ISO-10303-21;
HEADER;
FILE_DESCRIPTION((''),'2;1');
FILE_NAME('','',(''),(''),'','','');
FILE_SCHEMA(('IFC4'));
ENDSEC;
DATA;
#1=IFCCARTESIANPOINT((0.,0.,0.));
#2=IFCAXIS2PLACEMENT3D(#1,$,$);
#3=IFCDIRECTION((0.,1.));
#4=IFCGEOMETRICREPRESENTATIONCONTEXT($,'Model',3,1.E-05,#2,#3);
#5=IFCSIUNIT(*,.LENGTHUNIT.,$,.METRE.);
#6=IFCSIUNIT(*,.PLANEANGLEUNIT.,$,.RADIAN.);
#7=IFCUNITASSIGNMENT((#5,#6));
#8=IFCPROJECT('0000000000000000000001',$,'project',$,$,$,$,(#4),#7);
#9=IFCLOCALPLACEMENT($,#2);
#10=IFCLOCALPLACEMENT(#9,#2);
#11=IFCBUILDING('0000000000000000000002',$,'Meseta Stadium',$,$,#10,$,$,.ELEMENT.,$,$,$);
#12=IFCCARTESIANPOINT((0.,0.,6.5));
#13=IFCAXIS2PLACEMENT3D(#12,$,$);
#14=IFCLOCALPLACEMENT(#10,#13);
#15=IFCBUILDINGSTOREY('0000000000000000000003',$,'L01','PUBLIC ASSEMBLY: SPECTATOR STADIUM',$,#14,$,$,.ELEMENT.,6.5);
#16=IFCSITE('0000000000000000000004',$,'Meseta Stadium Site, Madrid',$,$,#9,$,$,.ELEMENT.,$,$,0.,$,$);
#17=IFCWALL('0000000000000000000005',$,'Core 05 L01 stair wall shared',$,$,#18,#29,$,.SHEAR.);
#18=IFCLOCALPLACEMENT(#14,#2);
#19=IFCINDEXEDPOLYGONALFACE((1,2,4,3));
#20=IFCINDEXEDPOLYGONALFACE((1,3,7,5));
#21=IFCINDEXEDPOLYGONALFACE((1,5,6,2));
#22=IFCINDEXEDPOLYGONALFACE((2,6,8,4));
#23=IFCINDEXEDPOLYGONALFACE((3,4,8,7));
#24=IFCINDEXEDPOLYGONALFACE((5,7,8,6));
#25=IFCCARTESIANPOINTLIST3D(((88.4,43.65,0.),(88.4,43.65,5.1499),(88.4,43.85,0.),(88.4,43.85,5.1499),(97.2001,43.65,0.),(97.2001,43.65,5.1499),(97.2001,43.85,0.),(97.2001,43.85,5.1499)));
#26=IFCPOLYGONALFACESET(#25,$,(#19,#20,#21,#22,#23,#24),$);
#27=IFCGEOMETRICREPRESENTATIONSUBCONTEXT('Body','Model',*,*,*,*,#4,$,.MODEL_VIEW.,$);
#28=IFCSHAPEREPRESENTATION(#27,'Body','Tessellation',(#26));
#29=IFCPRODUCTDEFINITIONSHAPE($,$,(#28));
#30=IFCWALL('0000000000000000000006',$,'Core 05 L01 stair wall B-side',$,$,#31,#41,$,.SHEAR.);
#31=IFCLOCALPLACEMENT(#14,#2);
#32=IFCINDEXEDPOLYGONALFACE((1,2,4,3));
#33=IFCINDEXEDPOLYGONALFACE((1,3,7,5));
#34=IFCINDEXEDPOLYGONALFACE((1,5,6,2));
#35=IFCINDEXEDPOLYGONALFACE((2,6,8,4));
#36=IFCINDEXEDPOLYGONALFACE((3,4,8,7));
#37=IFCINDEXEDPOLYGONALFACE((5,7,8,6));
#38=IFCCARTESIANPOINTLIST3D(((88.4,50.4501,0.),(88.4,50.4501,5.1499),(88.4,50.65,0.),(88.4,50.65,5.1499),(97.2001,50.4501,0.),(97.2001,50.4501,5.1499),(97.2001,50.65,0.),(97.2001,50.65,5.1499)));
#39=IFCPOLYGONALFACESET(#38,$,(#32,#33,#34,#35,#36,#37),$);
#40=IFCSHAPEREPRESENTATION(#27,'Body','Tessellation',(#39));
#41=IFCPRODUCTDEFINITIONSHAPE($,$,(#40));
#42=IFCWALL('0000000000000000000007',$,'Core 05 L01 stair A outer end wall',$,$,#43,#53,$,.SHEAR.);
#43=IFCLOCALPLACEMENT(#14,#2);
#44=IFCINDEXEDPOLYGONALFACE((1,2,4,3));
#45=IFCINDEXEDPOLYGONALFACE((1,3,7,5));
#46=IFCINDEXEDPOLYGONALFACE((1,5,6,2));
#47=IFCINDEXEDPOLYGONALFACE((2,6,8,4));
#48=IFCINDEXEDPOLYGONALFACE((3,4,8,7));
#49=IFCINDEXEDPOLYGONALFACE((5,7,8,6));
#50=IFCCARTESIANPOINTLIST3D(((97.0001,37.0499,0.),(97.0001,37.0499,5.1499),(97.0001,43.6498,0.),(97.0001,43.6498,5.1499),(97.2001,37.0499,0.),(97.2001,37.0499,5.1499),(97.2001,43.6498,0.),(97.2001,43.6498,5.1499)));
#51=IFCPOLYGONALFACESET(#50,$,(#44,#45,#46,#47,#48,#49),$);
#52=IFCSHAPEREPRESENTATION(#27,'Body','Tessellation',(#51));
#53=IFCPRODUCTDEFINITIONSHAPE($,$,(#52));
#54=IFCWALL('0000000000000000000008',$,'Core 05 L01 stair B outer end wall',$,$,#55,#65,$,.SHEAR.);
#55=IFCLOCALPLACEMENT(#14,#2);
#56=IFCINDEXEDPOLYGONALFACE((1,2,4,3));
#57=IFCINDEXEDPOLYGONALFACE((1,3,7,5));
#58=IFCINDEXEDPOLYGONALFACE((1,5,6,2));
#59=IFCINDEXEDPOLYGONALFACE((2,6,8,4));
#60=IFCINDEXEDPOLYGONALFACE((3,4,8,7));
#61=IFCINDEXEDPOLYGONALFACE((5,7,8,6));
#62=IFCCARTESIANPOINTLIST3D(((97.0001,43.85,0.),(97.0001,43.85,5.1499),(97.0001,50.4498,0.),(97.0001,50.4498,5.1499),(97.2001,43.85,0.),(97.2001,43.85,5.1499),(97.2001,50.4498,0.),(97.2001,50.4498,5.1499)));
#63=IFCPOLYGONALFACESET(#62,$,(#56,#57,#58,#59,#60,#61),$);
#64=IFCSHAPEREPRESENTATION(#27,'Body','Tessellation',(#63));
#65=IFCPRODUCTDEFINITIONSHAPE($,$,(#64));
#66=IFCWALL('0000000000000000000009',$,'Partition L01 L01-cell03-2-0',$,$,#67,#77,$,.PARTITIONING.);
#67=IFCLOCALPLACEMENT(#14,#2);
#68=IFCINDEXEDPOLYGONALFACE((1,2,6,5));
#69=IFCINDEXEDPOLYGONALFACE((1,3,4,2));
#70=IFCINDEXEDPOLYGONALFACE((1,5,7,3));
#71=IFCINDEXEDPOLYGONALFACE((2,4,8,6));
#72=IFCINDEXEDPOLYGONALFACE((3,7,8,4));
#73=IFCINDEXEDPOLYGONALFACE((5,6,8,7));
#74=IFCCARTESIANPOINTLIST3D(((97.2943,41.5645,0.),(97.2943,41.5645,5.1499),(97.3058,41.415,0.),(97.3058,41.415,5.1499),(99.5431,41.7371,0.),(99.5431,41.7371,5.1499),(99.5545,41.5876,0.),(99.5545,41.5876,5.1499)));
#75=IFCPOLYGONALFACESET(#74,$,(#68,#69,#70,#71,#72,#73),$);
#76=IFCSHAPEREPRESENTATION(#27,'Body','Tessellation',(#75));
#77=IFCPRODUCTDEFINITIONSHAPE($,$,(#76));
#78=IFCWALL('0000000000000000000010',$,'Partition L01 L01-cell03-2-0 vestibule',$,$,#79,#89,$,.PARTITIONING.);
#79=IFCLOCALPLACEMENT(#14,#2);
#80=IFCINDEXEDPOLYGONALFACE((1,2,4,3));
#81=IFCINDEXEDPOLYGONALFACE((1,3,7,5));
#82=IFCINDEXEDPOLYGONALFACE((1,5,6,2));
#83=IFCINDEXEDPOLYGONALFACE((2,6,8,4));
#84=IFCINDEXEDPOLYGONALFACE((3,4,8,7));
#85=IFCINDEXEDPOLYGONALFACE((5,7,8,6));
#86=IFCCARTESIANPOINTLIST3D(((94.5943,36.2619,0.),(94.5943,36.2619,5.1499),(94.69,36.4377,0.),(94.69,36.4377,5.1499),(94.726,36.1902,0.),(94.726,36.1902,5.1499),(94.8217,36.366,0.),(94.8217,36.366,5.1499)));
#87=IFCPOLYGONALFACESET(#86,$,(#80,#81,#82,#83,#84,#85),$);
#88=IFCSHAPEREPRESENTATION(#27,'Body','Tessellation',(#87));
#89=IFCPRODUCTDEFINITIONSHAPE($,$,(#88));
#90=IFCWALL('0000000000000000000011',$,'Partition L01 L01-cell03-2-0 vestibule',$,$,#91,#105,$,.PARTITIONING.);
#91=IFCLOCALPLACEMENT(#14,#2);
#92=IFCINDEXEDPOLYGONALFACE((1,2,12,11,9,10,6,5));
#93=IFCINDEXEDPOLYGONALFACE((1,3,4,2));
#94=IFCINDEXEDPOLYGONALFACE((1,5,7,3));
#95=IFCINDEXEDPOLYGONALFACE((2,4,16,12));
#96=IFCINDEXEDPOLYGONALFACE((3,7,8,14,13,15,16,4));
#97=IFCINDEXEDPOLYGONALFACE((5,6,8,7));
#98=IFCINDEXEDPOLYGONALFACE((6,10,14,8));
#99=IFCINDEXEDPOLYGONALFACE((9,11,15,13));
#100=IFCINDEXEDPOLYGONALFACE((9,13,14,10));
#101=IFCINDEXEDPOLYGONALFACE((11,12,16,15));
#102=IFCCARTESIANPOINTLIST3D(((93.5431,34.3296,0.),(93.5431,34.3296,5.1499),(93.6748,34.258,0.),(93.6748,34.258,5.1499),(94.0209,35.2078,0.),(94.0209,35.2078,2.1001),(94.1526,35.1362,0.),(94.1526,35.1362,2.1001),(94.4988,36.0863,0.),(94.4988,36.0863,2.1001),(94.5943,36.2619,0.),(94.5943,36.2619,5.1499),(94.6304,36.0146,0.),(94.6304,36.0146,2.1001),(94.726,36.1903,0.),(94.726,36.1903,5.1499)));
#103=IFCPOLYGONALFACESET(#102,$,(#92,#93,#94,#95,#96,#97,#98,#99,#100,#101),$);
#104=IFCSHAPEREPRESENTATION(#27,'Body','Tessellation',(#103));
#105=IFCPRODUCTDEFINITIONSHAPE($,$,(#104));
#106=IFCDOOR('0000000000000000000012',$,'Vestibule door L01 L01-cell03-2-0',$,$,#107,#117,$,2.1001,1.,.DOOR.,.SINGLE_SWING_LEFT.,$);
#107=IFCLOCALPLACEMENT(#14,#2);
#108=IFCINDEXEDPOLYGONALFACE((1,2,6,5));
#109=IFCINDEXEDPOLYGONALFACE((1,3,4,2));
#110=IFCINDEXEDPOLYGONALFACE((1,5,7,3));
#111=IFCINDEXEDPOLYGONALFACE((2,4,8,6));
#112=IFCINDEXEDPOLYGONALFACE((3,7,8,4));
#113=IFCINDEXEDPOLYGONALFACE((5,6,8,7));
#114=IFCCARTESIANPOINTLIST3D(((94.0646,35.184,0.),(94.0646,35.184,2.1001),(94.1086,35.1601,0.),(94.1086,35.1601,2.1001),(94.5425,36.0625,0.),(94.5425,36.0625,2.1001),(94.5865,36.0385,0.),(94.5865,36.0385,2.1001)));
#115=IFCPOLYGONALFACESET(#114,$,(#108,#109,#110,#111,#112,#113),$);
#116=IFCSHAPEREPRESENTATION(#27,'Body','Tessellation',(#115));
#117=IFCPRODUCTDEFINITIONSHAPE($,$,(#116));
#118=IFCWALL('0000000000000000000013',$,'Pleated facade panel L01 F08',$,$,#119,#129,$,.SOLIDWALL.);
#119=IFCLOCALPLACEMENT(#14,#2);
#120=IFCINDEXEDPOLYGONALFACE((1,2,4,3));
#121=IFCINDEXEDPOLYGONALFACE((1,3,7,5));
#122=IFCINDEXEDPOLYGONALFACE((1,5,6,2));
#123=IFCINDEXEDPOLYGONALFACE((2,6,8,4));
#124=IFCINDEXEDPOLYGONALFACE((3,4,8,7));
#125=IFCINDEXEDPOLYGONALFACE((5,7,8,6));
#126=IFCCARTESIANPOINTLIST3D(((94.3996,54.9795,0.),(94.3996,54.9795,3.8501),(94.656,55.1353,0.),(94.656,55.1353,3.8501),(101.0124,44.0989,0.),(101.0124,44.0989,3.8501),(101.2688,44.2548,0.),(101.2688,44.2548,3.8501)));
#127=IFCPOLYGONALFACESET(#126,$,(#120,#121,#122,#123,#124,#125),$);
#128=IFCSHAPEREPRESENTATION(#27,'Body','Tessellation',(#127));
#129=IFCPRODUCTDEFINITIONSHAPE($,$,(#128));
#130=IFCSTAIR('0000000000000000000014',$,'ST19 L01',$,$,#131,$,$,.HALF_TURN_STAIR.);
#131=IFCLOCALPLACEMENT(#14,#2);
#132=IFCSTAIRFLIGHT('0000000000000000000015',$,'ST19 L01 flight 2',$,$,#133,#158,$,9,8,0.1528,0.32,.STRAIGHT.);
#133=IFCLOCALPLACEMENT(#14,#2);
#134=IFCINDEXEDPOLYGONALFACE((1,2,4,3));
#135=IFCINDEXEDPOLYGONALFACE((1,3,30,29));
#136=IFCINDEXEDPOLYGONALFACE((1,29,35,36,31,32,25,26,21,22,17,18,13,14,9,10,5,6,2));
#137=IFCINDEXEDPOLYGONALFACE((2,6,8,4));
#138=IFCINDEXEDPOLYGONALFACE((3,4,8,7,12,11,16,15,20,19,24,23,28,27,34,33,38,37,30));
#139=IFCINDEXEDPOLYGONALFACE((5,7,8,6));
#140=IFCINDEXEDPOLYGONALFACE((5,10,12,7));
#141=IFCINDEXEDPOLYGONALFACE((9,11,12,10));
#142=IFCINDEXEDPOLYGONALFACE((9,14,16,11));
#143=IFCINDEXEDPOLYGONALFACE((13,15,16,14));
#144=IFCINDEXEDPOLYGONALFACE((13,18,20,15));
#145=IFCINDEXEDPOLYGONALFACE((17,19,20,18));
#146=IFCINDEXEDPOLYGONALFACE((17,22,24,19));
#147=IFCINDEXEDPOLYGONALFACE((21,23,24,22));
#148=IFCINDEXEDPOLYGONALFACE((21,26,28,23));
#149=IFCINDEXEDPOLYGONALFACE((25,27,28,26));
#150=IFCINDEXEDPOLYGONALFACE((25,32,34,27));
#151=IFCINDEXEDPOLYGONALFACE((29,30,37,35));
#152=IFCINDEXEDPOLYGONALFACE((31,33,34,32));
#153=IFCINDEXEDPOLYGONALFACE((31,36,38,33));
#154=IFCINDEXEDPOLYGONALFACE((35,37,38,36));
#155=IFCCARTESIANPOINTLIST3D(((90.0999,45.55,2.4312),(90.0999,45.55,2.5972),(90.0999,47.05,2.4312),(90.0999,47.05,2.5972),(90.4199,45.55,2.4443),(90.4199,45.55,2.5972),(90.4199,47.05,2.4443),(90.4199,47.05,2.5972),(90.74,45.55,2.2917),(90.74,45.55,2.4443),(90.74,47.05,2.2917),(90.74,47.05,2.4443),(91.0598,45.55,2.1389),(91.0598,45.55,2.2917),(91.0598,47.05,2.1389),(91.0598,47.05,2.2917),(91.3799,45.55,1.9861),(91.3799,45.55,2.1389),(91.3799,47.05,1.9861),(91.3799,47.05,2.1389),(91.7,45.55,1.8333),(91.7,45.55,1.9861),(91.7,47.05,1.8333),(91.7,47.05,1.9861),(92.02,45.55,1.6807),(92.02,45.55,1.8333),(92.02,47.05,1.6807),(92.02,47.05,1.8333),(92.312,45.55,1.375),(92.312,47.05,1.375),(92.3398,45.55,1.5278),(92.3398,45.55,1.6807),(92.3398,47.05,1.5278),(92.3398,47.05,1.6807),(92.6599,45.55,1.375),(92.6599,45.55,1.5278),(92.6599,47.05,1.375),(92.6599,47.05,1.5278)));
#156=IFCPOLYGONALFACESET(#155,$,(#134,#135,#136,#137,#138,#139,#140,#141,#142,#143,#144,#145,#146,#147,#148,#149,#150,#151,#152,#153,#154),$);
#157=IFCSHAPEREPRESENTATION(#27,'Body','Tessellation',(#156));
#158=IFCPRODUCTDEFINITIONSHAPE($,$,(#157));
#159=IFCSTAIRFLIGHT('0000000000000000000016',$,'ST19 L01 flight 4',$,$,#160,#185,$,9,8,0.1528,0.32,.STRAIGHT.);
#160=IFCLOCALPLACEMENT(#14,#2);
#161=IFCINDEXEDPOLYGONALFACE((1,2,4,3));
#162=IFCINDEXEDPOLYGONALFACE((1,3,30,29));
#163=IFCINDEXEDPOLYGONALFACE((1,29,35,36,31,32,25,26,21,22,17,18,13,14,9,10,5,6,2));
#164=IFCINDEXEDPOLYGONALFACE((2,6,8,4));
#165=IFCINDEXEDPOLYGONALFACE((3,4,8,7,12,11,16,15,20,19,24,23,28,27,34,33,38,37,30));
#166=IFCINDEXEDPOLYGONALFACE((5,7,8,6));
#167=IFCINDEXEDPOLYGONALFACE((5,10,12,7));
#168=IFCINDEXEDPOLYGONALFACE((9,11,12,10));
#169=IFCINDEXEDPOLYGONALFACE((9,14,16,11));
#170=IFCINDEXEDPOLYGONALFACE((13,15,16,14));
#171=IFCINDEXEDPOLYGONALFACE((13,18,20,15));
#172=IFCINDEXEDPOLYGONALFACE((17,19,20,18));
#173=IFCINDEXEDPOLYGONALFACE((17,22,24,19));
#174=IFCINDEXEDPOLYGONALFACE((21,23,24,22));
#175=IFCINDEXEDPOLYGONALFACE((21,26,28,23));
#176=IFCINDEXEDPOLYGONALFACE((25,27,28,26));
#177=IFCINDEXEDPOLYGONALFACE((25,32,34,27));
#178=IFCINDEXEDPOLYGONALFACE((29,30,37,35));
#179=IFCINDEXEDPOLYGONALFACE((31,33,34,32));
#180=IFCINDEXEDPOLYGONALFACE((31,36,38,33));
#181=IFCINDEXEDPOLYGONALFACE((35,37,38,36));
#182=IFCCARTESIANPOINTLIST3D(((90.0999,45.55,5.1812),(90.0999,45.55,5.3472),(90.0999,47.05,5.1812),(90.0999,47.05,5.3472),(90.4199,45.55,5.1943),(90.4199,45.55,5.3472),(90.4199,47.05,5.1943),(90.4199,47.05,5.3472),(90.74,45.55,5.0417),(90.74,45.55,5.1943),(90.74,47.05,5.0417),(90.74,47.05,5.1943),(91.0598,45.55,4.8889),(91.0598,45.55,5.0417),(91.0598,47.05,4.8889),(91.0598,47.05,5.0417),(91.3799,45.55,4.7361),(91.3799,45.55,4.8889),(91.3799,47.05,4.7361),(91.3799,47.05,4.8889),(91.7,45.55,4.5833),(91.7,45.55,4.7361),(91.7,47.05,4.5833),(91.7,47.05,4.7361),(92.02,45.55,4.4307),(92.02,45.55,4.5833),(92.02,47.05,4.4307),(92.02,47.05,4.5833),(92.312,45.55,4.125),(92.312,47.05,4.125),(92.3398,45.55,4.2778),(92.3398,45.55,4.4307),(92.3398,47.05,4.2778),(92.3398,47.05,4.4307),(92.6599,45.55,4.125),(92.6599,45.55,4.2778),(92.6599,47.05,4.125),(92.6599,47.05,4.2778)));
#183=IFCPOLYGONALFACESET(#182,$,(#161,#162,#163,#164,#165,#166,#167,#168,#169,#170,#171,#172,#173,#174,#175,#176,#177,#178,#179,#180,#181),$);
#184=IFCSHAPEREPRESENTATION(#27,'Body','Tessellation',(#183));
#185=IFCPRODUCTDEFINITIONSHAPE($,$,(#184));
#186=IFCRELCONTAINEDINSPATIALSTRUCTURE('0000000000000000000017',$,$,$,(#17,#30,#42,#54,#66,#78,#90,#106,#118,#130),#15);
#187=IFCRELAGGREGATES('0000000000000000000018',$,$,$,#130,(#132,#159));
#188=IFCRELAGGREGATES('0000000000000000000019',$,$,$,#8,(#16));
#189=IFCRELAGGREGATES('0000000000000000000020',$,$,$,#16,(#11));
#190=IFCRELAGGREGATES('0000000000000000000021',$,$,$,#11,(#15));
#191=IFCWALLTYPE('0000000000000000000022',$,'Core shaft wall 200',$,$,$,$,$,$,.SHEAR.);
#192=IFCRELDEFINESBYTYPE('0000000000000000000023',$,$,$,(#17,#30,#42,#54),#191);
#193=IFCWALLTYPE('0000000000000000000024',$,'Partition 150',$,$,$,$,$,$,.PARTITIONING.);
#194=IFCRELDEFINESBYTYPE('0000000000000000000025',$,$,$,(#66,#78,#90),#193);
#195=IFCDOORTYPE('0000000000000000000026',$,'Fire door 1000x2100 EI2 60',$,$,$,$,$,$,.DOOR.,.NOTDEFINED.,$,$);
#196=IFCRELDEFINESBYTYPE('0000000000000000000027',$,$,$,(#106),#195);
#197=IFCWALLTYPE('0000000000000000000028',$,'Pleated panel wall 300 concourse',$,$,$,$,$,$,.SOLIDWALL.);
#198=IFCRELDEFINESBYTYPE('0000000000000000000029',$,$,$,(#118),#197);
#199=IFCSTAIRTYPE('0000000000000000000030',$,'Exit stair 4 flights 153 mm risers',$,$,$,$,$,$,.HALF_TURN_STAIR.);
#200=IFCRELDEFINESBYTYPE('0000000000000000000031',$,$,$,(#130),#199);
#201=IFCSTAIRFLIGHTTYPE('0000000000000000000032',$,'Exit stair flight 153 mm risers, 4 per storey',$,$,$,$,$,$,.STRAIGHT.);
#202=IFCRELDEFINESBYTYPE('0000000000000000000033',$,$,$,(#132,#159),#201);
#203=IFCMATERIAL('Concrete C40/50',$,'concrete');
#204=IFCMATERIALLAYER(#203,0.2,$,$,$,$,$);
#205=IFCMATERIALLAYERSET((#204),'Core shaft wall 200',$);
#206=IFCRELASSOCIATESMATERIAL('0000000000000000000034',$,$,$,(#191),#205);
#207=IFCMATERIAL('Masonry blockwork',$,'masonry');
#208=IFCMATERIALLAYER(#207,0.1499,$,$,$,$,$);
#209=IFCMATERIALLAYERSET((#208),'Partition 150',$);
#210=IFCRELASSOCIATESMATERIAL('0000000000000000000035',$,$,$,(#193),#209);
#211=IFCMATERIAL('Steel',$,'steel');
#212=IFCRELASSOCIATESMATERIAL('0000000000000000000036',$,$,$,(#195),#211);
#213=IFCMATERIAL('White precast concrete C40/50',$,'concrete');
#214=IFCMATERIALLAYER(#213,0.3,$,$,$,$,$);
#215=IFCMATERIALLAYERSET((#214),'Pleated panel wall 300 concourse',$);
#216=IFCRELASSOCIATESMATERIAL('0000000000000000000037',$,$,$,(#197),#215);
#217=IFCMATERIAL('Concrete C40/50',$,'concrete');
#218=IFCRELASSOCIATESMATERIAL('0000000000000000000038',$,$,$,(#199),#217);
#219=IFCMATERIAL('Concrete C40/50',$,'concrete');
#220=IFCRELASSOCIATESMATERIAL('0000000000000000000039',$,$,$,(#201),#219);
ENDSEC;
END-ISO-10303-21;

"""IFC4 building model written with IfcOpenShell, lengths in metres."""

from ifc_helpers import new_model, si_unit, direction, frame, frame_2d, origin, place, context, subcontext, project, spatial, polyline, rectangle, outline, extrude, material, layer, layer_set, type_object, element, fill, aggregate, save


model = new_model("IFC4")

# Units and contexts
model_context = context("Model", 3, precision=1e-05, world=origin(), true_north=direction((0.0, 1.0)))
body_context = subcontext(model_context, "Body", "Model", "MODEL_VIEW")
ifc_project = project(units=[si_unit("LENGTHUNIT", "METRE"), si_unit("PLANEANGLEUNIT", "RADIAN")], contexts=[model_context])

# Site, building, storey
site_placement = place(None, origin())
site = spatial("IfcSite", under=ifc_project, at=site_placement, Name="Meseta Stadium Site, Madrid", CompositionType="ELEMENT", RefElevation=0.0)
building_placement = place(site_placement, origin())
building = spatial("IfcBuilding", under=site, at=building_placement, Name="Meseta Stadium", CompositionType="ELEMENT")
storey_placement = place(building_placement, frame((0.0, 0.0, 6.5)))
storey = spatial("IfcBuildingStorey", under=building, at=storey_placement, Name="L01", Description="PUBLIC ASSEMBLY: SPECTATOR STADIUM", CompositionType="ELEMENT", Elevation=6.5)

# Walls
ifc_material_1 = material(Name="Concrete C40/50", Category="concrete")
ifc_layer_1 = layer(ifc_material_1, 0.2)
ifc_layer_set_1 = layer_set([ifc_layer_1], Name="Core shaft wall 200")
wall_type_1 = type_object("IfcWallType", Name="Core shaft wall 200", PredefinedType="SHEAR", material=ifc_layer_set_1)
for number, where, z_axis, x_axis, name in (
    (1, (97.2, 43.75, 0.0), (0.0, 0.0, 1.0), (-1.0, 0.0, 0.0), "Core 05 L01 stair wall shared"),
    (2, (97.2, 50.55, 0.0), (0.0, 0.0, 1.0), (-1.0, 0.0, 0.0), "Core 05 L01 stair wall B-side"),
):
    element("IfcWall", number, at=place(storey_placement, frame(where, z_axis=z_axis, x_axis=x_axis)), inside=storey, type_object=wall_type_1, Name=name, PredefinedType="SHEAR", context=body_context, shape_type="SweptSolid", body=[
        extrude(rectangle(XDim=8.8, YDim=0.2, at=frame_2d((4.3999, 0.0))), origin(), (0.0, 0.0, 1.0), 5.1499),
    ])
for number, where, z_axis, x_axis, name in (
    (3, (97.1001, 37.05, 0.0), (0.0, 0.0, 1.0), (0.0, 1.0, 0.0), "Core 05 L01 stair A outer end wall"),
    (4, (97.1001, 43.8501, 0.0), (0.0, 0.0, 1.0), (0.0, 1.0, 0.0), "Core 05 L01 stair B outer end wall"),
):
    element("IfcWall", number, at=place(storey_placement, frame(where, z_axis=z_axis, x_axis=x_axis)), inside=storey, type_object=wall_type_1, Name=name, PredefinedType="SHEAR", context=body_context, shape_type="SweptSolid", body=[
        extrude(rectangle(XDim=6.5999, YDim=0.2, at=frame_2d((3.2998, 0.0))), origin(), (0.0, 0.0, 1.0), 5.1499),
    ])
ifc_material_2 = material(Name="Masonry blockwork", Category="masonry")
ifc_layer_2 = layer(ifc_material_2, 0.1499)
ifc_layer_set_2 = layer_set([ifc_layer_2], Name="Partition 150")
wall_type_2 = type_object("IfcWallType", Name="Partition 150", PredefinedType="PARTITIONING", material=ifc_layer_set_2)
wall_1_placement = place(storey_placement, frame((97.3, 41.4897, 0.0), z_axis=(0.0, 0.0, 1.0), x_axis=(0.997067, 0.076531, 0.0)))
element("IfcWall", 5, at=wall_1_placement, inside=storey, type_object=wall_type_2, Name="Partition L01 L01-cell03-2-0", PredefinedType="PARTITIONING", context=body_context, shape_type="SweptSolid", body=[
    extrude(rectangle(XDim=2.2554, YDim=0.1499, at=frame_2d((1.1277, 0.0))), origin(), (0.0, 0.0, 1.0), 5.1499),
])
wall_2_placement = place(storey_placement, frame((94.7559, 36.4019, 0.0), z_axis=(0.0, 0.0, 1.0), x_axis=(-0.478168, -0.878268, 0.0)))
element("IfcWall", 6, at=wall_2_placement, inside=storey, type_object=wall_type_2, Name="Partition L01 L01-cell03-2-0 vestibule", PredefinedType="PARTITIONING", context=body_context, shape_type="SweptSolid", body=[
    extrude(rectangle(XDim=0.2002, YDim=0.1499, at=frame_2d((0.1001, 0.0))), origin(), (0.0, 0.0, 1.0), 5.1499),
])

# Wall, opening, door
wall_3_placement = place(storey_placement, frame((94.6602, 36.2261, 0.0), z_axis=(0.0, 0.0, 1.0), x_axis=(-0.477888, -0.878421, 0.0)))
wall_3 = element("IfcWall", 7, at=wall_3_placement, inside=storey, type_object=wall_type_2, Name="Partition L01 L01-cell03-2-0 vestibule", PredefinedType="PARTITIONING", context=body_context, shape_type="SweptSolid", body=[
    extrude(rectangle(XDim=2.1997, YDim=0.1499, at=frame_2d((1.0999, 0.0))), origin(), (0.0, 0.0, 1.0), 5.1499),
])
opening_1_placement = place(wall_3_placement, frame((0.2, 0.0, 0.0)))
opening_1 = element("IfcOpeningElement", 8, at=opening_1_placement, cuts=wall_3, PredefinedType="OPENING", context=body_context, shape_type="SweptSolid", body=[
    extrude(rectangle(XDim=1.0, YDim=2.1001, at=frame_2d((0.5, 1.05))), frame((0.0, 0.085, 0.0), z_axis=(0.0, -1.0, 0.0), x_axis=(1.0, 0.0, 0.0)), (0.0, 0.0, 1.0), 0.1699),
])
ifc_material_3 = material(Name="Steel", Category="steel")
door_type_1 = type_object("IfcDoorType", Name="Fire door 1000x2100 EI2 60", OperationType="NOTDEFINED", PredefinedType="DOOR", material=ifc_material_3)
door_1_placement = place(opening_1_placement, origin())
door_1 = element("IfcDoor", 9, at=door_1_placement, inside=storey, type_object=door_type_1, Name="Vestibule door L01 L01-cell03-2-0", OperationType="SINGLE_SWING_LEFT", OverallHeight=2.1001, OverallWidth=1.0, PredefinedType="DOOR", context=body_context, shape_type="SweptSolid", body=[
    extrude(rectangle(XDim=1.0, YDim=2.1001, at=frame_2d((0.5, 1.05))), frame((0.0, 0.0249, 0.0), z_axis=(0.0, -1.0, 0.0), x_axis=(1.0, 0.0, 0.0)), (0.0, 0.0, 1.0), 0.05),
])
fill(opening_1, door_1)
ifc_material_4 = material(Name="White precast concrete C40/50", Category="concrete")
ifc_layer_3 = layer(ifc_material_4, 0.3)
ifc_layer_set_3 = layer_set([ifc_layer_3], Name="Pleated panel wall 300 concourse")
wall_type_3 = type_object("IfcWallType", Name="Pleated panel wall 300 concourse", PredefinedType="SOLIDWALL", material=ifc_layer_set_3)

# Wall
wall_4_placement = place(storey_placement, frame((94.5278, 55.0574, 0.0), z_axis=(0.0, 0.0, 1.0), x_axis=(0.519363, -0.854554, 0.0)))
element("IfcWall", 10, at=wall_4_placement, inside=storey, type_object=wall_type_3, Name="Pleated facade panel L01 F08", PredefinedType="SOLIDWALL", context=body_context, shape_type="SweptSolid", body=[
    extrude(rectangle(XDim=12.7324, YDim=0.3, at=frame_2d((6.3662, 0.0))), origin(), (0.0, 0.0, 1.0), 3.8501),
])

# Stair, stair flights
ifc_material_5 = material(Name="Concrete C40/50", Category="concrete")
stair_type = type_object("IfcStairType", Name="Exit stair 4 flights 153 mm risers", PredefinedType="HALF_TURN_STAIR", material=ifc_material_5)
stair_1_placement = place(storey_placement, origin())
stair_1 = element("IfcStair", 11, at=stair_1_placement, inside=storey, type_object=stair_type, Name="ST19 L01", PredefinedType="HALF_TURN_STAIR")
ifc_material_6 = material(Name="Concrete C40/50", Category="concrete")
stair_flight_type = type_object("IfcStairFlightType", Name="Exit stair flight 153 mm risers, 4 per storey", PredefinedType="STRAIGHT", material=ifc_material_6)
stair_flight_1_placement = place(storey_placement, frame((92.6599, 46.3, 1.375), z_axis=(0.0, 0.0, 1.0), x_axis=(-1.0, 0.0, 0.0)))
stair_flight_1 = element("IfcStairFlight", 12, at=stair_flight_1_placement, type_object=stair_flight_type, Name="ST19 L01 flight 2", NumberOfRisers=9, NumberOfTreads=8, PredefinedType="STRAIGHT", RiserHeight=0.1528, TreadLength=0.32, context=body_context, shape_type="SweptSolid", body=[
    extrude(outline(polyline([(0.0, 0.0), (0.0, 0.1528), (0.3201, 0.1528), (0.3201, 0.3057), (0.6399, 0.3057), (0.6399, 0.4583), (0.96, 0.4583), (0.96, 0.6111), (1.28, 0.6111), (1.28, 0.7639), (1.6001, 0.7639), (1.6001, 0.9167), (1.9199, 0.9167), (1.9199, 1.0693), (2.24, 1.0693), (2.24, 1.2222), (2.5601, 1.2222), (2.5601, 1.0562), (0.3479, 0.0), (0.0, 0.0)])), frame((0.0, 0.75, 0.0), z_axis=(0.0, -1.0, 0.0), x_axis=(1.0, 0.0, 0.0)), (0.0, 0.0, 1.0), 1.5),
])
stair_flight_2_placement = place(storey_placement, frame((92.6599, 46.3, 4.125), z_axis=(0.0, 0.0, 1.0), x_axis=(-1.0, 0.0, 0.0)))
stair_flight_2 = element("IfcStairFlight", 13, at=stair_flight_2_placement, type_object=stair_flight_type, Name="ST19 L01 flight 4", NumberOfRisers=9, NumberOfTreads=8, PredefinedType="STRAIGHT", RiserHeight=0.1528, TreadLength=0.32, context=body_context, shape_type="SweptSolid", body=[
    extrude(outline(polyline([(0.0, 0.0), (0.0, 0.1528), (0.3201, 0.1528), (0.3201, 0.3057), (0.6399, 0.3057), (0.6399, 0.4583), (0.96, 0.4583), (0.96, 0.6111), (1.28, 0.6111), (1.28, 0.7639), (1.6001, 0.7639), (1.6001, 0.9167), (1.9199, 0.9167), (1.9199, 1.0693), (2.24, 1.0693), (2.24, 1.2222), (2.5601, 1.2222), (2.5601, 1.0562), (0.3479, 0.0), (0.0, 0.0)])), frame((0.0, 0.75, 0.0), z_axis=(0.0, -1.0, 0.0), x_axis=(1.0, 0.0, 0.0)), (0.0, 0.0, 1.0), 1.5),
])
aggregate(stair_1, [stair_flight_1, stair_flight_2])

save(model, "model.ifc")
